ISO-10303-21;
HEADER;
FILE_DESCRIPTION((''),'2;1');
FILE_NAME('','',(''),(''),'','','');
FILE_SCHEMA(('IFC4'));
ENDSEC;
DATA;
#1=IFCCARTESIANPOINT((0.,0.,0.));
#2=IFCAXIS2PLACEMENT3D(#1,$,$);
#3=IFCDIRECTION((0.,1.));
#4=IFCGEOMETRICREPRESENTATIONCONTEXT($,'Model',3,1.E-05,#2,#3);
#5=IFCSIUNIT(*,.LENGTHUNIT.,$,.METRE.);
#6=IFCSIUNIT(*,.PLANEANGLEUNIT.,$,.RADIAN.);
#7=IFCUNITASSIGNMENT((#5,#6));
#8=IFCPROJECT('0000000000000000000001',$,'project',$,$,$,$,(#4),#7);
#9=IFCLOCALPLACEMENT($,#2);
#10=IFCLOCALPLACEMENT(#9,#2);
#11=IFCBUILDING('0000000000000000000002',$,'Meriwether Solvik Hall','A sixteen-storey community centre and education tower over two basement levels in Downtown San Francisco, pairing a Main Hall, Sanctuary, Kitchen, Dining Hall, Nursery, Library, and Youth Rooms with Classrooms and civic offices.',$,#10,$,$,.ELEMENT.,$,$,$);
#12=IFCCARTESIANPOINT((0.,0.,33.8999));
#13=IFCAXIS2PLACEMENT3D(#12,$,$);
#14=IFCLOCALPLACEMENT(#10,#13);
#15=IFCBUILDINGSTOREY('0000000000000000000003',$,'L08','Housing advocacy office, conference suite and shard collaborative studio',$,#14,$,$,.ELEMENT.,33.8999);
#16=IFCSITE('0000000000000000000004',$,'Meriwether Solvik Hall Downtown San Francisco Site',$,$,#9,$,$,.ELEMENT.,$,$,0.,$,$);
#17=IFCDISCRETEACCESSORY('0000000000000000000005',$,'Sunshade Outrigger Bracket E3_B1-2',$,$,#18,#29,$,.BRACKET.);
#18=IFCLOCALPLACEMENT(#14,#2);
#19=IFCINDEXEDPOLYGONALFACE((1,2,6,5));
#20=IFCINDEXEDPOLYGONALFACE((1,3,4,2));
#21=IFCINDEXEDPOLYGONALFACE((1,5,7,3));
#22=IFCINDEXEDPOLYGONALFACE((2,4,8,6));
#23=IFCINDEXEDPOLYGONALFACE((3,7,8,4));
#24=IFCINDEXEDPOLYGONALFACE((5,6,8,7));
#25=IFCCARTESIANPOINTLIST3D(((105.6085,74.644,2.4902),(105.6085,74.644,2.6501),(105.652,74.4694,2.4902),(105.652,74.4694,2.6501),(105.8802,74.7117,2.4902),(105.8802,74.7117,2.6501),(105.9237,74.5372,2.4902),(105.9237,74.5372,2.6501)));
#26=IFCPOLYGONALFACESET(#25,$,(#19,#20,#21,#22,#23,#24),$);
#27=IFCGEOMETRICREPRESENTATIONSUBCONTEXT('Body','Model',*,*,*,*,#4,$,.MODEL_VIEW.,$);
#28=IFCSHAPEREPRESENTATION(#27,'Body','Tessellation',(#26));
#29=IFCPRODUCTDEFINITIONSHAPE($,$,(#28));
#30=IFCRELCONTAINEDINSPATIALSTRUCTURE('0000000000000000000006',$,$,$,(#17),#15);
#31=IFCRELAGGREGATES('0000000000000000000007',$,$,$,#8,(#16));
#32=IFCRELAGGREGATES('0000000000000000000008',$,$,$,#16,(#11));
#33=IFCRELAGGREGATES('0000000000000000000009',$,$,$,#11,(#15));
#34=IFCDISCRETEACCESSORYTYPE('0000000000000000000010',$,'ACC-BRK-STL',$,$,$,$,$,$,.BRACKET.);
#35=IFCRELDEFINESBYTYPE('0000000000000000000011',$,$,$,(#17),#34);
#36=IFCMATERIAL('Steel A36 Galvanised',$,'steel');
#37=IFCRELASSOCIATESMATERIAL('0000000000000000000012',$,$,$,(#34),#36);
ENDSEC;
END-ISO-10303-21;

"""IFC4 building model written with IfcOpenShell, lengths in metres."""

from ifc_helpers import new_model, si_unit, direction, frame, origin, origin_2d, place, context, subcontext, project, spatial, rectangle, extrude, material, type_object, element, save


model = new_model("IFC4")

# Units and contexts
model_context = context("Model", 3, precision=1e-05, world=origin(), true_north=direction((0.0, 1.0)))
body_context = subcontext(model_context, "Body", "Model", "MODEL_VIEW")
ifc_project = project(units=[si_unit("LENGTHUNIT", "METRE"), si_unit("PLANEANGLEUNIT", "RADIAN")], contexts=[model_context])

# Site, building, storey
site_placement = place(None, origin())
site = spatial("IfcSite", under=ifc_project, at=site_placement, Name="Meriwether Solvik Hall Downtown San Francisco Site", CompositionType="ELEMENT", RefElevation=0.0)
building_placement = place(site_placement, origin())
building = spatial("IfcBuilding", under=site, at=building_placement, Name="Meriwether Solvik Hall", Description="A sixteen-storey community centre and education tower over two basement levels in Downtown San Francisco, pairing a Main Hall, Sanctuary, Kitchen, Dining Hall, Nursery, Library, and Youth Rooms with Classrooms and civic offices.", CompositionType="ELEMENT")
storey_placement = place(building_placement, frame((0.0, 0.0, 33.8999)))
storey = spatial("IfcBuildingStorey", under=building, at=storey_placement, Name="L08", Description="Housing advocacy office, conference suite and shard collaborative studio", CompositionType="ELEMENT", Elevation=33.8999)

# Discrete accessory
ifc_material_1 = material(Name="Steel A36 Galvanised", Category="steel")
discrete_accessory_type = type_object("IfcDiscreteAccessoryType", Name="ACC-BRK-STL", PredefinedType="BRACKET", material=ifc_material_1)
for number, where, z_axis, x_axis, name in (
    (1, (105.7661, 74.5906, 2.4902), (0.0, 0.0, 1.0), (0.241922, -0.970296, 0.0), "Sunshade Outrigger Bracket E3_B1-2"),
):
    element("IfcDiscreteAccessory", number, at=place(storey_placement, frame(where, z_axis=z_axis, x_axis=x_axis)), inside=storey, type_object=discrete_accessory_type, Name=name, PredefinedType="BRACKET", context=body_context, shape_type="SweptSolid", body=[
        extrude(rectangle(XDim=0.1799, YDim=0.28, at=origin_2d()), origin(), (0.0, 0.0, 1.0), 0.1599),
    ])

save(model, "model.ifc")
